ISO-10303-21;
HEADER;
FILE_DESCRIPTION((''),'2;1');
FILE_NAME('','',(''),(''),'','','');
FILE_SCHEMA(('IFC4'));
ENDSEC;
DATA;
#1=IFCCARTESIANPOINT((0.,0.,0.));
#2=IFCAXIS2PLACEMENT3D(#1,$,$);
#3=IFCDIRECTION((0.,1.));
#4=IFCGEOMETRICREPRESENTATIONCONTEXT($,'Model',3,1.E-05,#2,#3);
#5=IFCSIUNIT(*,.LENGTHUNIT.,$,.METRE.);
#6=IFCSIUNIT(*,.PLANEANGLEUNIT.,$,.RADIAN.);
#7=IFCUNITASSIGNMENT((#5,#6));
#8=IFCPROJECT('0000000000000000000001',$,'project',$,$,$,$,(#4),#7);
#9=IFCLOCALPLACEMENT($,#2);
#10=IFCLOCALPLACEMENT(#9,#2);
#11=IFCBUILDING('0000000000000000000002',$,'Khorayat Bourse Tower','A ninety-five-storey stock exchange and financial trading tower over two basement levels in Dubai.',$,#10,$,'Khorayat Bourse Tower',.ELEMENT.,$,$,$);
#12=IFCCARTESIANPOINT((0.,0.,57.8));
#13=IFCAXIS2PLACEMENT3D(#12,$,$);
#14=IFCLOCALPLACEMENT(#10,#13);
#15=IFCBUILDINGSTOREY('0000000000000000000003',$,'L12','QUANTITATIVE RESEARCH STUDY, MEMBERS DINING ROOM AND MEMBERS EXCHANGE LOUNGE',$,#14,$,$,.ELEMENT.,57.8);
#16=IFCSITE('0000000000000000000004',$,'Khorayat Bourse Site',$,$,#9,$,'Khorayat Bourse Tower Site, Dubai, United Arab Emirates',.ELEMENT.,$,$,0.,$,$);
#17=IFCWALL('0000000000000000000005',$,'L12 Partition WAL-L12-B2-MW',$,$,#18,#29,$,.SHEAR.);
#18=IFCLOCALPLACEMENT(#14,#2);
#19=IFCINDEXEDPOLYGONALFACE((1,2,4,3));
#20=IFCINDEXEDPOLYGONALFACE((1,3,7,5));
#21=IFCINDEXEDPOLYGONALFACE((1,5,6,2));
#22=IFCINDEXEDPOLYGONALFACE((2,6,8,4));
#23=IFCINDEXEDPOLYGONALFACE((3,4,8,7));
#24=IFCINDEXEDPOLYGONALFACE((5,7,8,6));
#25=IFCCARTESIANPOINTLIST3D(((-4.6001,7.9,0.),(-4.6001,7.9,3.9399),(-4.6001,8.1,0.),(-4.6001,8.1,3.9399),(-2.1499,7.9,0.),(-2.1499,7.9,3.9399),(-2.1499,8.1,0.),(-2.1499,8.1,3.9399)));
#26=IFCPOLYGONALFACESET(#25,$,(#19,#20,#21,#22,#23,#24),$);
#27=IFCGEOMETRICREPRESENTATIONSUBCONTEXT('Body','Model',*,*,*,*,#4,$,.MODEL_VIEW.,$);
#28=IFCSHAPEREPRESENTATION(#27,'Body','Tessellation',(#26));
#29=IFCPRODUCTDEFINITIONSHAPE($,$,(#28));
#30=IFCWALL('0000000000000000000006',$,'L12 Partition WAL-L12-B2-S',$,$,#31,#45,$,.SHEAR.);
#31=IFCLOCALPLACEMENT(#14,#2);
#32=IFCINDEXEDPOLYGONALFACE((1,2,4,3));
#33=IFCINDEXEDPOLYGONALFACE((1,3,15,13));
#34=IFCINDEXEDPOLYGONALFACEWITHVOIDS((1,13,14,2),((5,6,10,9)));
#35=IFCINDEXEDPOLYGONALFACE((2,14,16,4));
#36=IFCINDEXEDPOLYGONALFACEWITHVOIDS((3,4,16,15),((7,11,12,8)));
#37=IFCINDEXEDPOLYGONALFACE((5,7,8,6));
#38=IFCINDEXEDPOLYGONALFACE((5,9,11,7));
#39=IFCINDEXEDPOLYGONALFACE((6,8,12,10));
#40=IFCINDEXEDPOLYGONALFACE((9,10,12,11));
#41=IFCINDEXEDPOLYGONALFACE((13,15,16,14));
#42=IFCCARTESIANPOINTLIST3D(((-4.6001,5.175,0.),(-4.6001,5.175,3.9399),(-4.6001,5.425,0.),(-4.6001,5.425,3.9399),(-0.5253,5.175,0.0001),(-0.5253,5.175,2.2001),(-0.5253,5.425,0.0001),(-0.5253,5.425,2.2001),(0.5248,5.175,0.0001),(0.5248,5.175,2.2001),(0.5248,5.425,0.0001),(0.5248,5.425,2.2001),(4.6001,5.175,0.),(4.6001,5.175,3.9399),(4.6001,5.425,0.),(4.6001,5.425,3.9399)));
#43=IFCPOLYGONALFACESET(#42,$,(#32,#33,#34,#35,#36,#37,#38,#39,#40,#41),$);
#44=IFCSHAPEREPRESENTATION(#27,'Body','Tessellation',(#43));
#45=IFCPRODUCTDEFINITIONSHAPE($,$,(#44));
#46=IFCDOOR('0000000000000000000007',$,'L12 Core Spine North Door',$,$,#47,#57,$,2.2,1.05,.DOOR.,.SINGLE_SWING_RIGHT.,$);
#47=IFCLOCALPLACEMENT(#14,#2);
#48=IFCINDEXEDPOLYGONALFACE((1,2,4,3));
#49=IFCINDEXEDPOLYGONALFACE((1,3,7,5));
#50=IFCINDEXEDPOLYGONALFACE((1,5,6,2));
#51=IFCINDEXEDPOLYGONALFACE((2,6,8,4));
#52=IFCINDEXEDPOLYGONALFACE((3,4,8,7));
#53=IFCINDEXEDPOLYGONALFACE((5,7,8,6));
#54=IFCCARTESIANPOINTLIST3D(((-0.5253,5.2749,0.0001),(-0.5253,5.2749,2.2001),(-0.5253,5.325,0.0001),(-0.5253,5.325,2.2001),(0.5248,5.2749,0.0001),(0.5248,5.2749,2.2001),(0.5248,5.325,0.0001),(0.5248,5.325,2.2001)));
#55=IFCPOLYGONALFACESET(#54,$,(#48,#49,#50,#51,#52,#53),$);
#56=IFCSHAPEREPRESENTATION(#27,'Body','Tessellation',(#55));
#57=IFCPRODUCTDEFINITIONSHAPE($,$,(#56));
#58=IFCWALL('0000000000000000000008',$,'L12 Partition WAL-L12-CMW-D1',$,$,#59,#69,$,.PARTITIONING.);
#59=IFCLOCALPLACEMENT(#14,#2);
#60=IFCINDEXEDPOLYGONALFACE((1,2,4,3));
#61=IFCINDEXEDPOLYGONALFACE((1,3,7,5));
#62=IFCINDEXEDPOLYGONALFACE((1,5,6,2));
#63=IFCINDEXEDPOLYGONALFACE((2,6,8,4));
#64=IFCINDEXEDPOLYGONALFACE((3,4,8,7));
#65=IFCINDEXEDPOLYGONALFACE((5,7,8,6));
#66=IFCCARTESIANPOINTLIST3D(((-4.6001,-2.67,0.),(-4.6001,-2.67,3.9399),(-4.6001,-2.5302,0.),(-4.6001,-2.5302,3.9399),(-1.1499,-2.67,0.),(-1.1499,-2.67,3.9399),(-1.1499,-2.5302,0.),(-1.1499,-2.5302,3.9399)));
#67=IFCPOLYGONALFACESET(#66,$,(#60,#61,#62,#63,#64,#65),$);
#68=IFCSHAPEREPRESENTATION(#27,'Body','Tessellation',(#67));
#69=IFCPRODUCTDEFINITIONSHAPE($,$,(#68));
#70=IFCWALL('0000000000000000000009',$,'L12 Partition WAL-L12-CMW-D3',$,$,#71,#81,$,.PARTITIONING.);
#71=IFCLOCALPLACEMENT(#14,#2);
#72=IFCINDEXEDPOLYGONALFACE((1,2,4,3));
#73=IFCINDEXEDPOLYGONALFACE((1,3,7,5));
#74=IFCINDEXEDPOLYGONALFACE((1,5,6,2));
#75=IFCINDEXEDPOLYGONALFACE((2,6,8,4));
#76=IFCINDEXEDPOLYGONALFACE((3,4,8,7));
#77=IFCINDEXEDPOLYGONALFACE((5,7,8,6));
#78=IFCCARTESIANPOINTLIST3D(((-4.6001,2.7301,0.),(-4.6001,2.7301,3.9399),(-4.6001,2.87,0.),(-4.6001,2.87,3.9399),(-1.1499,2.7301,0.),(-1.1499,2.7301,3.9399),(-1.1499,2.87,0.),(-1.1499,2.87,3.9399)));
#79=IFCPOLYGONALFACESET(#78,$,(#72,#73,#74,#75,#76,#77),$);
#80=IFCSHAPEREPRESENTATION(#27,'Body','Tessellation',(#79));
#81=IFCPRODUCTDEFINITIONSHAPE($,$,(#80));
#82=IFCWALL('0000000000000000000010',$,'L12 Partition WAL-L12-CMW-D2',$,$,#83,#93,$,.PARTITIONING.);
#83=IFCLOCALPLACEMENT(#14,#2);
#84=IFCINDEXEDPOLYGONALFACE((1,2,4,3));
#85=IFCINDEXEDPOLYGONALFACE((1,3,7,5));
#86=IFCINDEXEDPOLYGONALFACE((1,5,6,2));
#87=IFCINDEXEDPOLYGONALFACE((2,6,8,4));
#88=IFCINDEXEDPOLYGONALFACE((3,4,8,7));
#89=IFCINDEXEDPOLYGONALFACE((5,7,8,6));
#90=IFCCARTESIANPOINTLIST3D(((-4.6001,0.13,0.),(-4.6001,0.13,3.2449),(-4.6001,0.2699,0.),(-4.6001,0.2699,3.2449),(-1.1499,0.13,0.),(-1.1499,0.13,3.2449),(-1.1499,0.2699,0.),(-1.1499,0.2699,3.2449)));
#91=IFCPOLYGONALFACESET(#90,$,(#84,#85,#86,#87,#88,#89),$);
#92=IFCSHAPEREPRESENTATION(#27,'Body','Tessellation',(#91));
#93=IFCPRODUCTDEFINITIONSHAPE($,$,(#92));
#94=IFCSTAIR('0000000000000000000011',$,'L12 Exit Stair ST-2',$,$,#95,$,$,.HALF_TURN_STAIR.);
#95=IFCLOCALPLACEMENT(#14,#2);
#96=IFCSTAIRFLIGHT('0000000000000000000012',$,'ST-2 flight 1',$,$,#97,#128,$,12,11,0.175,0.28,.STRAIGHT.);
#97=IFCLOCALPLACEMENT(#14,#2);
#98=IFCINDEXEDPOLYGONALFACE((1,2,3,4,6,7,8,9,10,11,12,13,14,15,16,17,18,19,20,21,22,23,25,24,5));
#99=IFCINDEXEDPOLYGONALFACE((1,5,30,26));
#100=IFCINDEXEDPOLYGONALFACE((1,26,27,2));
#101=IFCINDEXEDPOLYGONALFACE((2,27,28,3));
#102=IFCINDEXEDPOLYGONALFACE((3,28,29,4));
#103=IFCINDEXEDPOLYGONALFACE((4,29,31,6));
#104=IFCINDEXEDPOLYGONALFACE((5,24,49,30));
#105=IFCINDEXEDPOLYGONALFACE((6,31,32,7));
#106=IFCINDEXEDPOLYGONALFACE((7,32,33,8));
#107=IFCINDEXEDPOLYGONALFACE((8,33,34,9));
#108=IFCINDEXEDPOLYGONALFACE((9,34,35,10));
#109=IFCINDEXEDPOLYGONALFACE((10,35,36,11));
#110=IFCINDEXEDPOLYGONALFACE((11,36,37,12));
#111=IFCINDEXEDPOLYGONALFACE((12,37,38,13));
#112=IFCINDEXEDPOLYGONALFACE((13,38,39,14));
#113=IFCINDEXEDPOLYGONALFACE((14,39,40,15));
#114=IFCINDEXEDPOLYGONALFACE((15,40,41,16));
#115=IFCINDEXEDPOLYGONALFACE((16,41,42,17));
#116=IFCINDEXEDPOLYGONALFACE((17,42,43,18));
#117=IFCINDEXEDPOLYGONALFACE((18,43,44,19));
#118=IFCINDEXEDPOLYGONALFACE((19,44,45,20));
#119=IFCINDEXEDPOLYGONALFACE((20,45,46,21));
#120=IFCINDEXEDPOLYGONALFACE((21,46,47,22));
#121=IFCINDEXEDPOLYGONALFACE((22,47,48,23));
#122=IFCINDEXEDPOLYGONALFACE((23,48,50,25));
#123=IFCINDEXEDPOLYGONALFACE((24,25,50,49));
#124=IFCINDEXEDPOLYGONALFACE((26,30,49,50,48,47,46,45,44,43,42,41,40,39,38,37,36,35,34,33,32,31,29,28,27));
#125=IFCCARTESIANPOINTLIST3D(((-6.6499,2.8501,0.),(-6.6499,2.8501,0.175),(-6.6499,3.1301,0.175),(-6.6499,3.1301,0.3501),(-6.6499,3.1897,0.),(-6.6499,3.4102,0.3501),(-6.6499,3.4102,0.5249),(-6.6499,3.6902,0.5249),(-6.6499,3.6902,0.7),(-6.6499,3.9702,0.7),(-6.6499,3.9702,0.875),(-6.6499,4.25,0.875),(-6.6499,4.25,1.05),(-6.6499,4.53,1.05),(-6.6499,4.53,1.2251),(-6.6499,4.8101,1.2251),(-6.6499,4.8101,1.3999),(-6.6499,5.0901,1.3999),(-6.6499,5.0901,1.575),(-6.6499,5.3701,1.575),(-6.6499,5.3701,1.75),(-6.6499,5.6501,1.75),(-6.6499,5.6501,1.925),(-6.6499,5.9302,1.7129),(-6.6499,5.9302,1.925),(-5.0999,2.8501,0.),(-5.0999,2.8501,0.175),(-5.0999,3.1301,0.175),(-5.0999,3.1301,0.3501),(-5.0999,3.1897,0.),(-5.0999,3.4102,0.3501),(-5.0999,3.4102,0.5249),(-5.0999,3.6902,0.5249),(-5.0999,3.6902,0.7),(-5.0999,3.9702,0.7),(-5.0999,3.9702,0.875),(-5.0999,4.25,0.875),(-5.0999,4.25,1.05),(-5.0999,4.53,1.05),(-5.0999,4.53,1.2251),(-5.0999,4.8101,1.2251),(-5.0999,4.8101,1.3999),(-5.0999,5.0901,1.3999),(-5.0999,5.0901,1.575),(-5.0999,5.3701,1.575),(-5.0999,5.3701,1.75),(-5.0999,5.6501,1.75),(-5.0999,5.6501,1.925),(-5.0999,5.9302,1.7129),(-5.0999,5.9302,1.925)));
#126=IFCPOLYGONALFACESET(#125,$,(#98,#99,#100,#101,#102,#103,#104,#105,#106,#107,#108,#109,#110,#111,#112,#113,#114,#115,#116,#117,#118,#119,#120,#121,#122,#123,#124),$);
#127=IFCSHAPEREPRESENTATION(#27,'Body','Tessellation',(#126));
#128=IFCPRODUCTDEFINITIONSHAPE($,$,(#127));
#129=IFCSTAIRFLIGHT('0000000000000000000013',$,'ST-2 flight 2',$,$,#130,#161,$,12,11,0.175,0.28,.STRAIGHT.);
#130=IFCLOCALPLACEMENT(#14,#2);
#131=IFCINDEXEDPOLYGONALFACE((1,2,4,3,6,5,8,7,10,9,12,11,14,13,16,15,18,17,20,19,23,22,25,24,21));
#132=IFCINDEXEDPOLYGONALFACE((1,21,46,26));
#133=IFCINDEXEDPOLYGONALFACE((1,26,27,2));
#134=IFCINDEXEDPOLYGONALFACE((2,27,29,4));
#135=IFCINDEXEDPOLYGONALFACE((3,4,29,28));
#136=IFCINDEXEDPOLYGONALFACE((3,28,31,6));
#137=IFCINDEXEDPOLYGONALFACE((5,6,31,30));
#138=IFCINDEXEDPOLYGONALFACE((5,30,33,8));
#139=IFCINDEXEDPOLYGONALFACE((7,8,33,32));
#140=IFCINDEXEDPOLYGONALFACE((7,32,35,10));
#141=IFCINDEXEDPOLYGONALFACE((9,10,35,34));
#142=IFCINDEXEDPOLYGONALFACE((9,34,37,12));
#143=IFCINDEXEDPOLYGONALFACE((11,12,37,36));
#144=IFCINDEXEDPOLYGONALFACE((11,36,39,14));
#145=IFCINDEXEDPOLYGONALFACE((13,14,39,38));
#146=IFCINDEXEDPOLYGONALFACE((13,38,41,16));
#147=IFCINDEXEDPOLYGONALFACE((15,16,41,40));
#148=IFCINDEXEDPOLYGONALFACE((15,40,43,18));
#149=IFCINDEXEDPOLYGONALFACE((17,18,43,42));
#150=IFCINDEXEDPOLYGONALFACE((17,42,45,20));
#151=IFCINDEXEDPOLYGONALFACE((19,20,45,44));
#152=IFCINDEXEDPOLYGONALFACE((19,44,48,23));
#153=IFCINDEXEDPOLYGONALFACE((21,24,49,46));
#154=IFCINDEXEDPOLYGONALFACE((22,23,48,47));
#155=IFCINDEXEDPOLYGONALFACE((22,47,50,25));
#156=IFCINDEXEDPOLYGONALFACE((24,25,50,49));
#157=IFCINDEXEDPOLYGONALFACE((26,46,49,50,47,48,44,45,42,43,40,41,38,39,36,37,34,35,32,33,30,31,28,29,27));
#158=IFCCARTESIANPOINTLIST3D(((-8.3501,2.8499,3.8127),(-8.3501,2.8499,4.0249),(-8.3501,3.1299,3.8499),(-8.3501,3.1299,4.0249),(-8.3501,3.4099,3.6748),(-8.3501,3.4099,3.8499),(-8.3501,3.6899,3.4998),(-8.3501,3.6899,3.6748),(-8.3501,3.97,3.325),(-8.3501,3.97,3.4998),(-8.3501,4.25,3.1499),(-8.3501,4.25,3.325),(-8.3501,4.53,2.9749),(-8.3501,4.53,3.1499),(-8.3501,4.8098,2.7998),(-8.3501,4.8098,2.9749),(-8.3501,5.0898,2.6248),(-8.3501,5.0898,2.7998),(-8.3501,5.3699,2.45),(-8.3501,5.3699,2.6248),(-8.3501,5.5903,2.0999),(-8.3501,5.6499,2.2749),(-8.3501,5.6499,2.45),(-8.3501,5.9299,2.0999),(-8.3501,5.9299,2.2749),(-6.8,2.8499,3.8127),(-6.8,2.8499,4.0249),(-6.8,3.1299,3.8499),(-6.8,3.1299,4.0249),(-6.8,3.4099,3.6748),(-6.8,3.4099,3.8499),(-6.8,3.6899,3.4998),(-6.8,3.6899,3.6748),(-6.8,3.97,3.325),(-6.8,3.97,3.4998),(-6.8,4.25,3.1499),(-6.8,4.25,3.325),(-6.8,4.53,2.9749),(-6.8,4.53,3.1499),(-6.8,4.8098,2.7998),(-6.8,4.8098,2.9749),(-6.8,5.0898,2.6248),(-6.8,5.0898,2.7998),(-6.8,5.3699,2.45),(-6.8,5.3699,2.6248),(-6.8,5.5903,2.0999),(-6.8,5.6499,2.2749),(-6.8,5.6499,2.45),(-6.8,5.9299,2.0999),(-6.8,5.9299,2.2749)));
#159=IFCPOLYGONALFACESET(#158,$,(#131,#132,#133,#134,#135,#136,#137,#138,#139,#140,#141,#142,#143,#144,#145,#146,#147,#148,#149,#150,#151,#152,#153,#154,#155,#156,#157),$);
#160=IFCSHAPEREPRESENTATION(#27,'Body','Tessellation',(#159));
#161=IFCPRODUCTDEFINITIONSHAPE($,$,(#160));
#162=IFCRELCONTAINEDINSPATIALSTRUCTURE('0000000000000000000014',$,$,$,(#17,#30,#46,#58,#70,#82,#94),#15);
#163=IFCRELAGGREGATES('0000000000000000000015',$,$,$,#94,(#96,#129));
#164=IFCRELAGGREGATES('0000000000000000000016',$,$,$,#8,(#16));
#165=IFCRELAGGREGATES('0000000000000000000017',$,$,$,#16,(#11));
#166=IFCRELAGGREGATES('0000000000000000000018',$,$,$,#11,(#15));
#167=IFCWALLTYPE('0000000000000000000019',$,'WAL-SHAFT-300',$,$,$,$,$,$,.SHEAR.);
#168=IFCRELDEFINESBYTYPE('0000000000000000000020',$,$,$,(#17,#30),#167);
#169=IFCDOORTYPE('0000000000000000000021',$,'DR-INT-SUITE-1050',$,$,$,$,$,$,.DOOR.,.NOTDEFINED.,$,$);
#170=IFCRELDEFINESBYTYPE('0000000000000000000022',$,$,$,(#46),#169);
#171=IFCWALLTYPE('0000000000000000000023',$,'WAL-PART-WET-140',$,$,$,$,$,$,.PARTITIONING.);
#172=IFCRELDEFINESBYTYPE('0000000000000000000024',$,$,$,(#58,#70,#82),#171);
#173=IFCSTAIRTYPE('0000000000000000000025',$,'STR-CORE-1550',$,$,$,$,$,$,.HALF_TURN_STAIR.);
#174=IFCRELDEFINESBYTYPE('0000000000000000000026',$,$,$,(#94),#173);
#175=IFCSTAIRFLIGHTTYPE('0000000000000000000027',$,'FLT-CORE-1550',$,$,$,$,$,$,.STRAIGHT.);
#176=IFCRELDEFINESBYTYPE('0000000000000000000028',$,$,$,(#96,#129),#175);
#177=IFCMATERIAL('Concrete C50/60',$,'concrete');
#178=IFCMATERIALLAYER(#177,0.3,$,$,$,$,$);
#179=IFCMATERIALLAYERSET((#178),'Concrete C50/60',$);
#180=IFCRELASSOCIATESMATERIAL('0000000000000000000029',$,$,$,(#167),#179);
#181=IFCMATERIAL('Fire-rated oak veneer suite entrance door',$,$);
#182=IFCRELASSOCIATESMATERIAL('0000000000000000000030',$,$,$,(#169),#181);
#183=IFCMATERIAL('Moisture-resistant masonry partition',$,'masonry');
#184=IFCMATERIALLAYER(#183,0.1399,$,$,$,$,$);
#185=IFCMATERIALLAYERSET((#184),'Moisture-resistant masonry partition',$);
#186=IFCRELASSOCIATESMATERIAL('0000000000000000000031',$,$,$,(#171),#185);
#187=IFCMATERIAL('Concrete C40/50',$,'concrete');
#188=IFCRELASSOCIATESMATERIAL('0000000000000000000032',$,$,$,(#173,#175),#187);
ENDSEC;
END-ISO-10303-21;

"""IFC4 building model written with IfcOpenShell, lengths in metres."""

from ifc_helpers import new_model, si_unit, direction, frame, frame_2d, origin, place, context, subcontext, project, spatial, polyline, rectangle, outline, extrude, source, transform, mapped, material, layer, layer_set, type_object, element, fill, aggregate, save


model = new_model("IFC4")

# Units and contexts
model_context = context("Model", 3, precision=1e-05, world=origin(), true_north=direction((0.0, 1.0)))
body_context = subcontext(model_context, "Body", "Model", "MODEL_VIEW")
ifc_project = project(units=[si_unit("LENGTHUNIT", "METRE"), si_unit("PLANEANGLEUNIT", "RADIAN")], contexts=[model_context])

# Site, building, storey
site_placement = place(None, origin())
site = spatial("IfcSite", under=ifc_project, at=site_placement, Name="Khorayat Bourse Site", LongName="Khorayat Bourse Tower Site, Dubai, United Arab Emirates", CompositionType="ELEMENT", RefElevation=0.0)
building_placement = place(site_placement, origin())
building = spatial("IfcBuilding", under=site, at=building_placement, Name="Khorayat Bourse Tower", Description="A ninety-five-storey stock exchange and financial trading tower over two basement levels in Dubai.", LongName="Khorayat Bourse Tower", CompositionType="ELEMENT")
storey_placement = place(building_placement, frame((0.0, 0.0, 57.8)))
storey = spatial("IfcBuildingStorey", under=building, at=storey_placement, Name="L12", Description="QUANTITATIVE RESEARCH STUDY, MEMBERS DINING ROOM AND MEMBERS EXCHANGE LOUNGE", CompositionType="ELEMENT", Elevation=57.8)

# Wall
ifc_material_1 = material(Name="Concrete C50/60", Category="concrete")
ifc_layer_1 = layer(ifc_material_1, 0.3)
ifc_layer_set_1 = layer_set([ifc_layer_1], Name="Concrete C50/60")
wall_type_1 = type_object("IfcWallType", Name="WAL-SHAFT-300", PredefinedType="SHEAR", material=ifc_layer_set_1)
shared_shape_1 = source(origin(), body_context, "Body", "SweptSolid", [
    extrude(rectangle(XDim=2.4502, YDim=0.2, at=frame_2d((1.2251, 0.0))), origin(), (0.0, 0.0, 1.0), 3.9399),
])
wall_1_placement = place(storey_placement, frame((-4.6001, 8.0, 0.0), z_axis=(0.0, 0.0, 1.0), x_axis=(1.0, 0.0, 0.0)))
element("IfcWall", 1, at=wall_1_placement, inside=storey, type_object=wall_type_1, Name="L12 Partition WAL-L12-B2-MW", PredefinedType="SHEAR", context=body_context, shape_type="MappedRepresentation", body=[
    mapped(shared_shape_1, transform((0.0, 0.0, 0.0), scale=1.0)),
])

# Wall, opening, door
shared_shape_2 = source(origin(), body_context, "Body", "SweptSolid", [
    extrude(rectangle(XDim=9.2002, YDim=0.25, at=frame_2d((4.6001, 0.0))), origin(), (0.0, 0.0, 1.0), 3.9399),
])
wall_2_placement = place(storey_placement, frame((-4.6001, 5.3, 0.0), z_axis=(0.0, 0.0, 1.0), x_axis=(1.0, 0.0, 0.0)))
wall_2 = element("IfcWall", 2, at=wall_2_placement, inside=storey, type_object=wall_type_1, Name="L12 Partition WAL-L12-B2-S", PredefinedType="SHEAR", context=body_context, shape_type="MappedRepresentation", body=[
    mapped(shared_shape_2, transform((0.0, 0.0, 0.0), scale=1.0)),
])
shared_shape_3 = source(origin(), body_context, "Body", "SweptSolid", [
    extrude(rectangle(XDim=1.05, YDim=2.2, at=frame_2d((0.5249, 1.1001))), frame((0.0, 0.135, 0.0), z_axis=(0.0, -1.0, 0.0), x_axis=(1.0, 0.0, 0.0)), (0.0, 0.0, 1.0), 0.27),
])
opening_placement = place(wall_2_placement, frame((4.075, 0.0, 0.0)))
opening = element("IfcOpeningElement", 3, at=opening_placement, cuts=wall_2, PredefinedType="OPENING", context=body_context, shape_type="MappedRepresentation", body=[
    mapped(shared_shape_3, transform((0.0, 0.0, 0.0), scale=1.0)),
])
ifc_material_2 = material(Name="Fire-rated oak veneer suite entrance door")
door_type = type_object("IfcDoorType", Name="DR-INT-SUITE-1050", OperationType="NOTDEFINED", PredefinedType="DOOR", material=ifc_material_2)
shared_shape_4 = source(origin(), body_context, "Body", "SweptSolid", [
    extrude(rectangle(XDim=1.05, YDim=2.2, at=frame_2d((0.5249, 1.1001))), frame((0.0, 0.0249, 0.0), z_axis=(0.0, -1.0, 0.0), x_axis=(1.0, 0.0, 0.0)), (0.0, 0.0, 1.0), 0.05),
])
door_placement = place(opening_placement, origin())
door = element("IfcDoor", 4, at=door_placement, inside=storey, type_object=door_type, Name="L12 Core Spine North Door", OperationType="SINGLE_SWING_RIGHT", OverallHeight=2.2, OverallWidth=1.05, PredefinedType="DOOR", context=body_context, shape_type="MappedRepresentation", body=[
    mapped(shared_shape_4, transform((0.0, 0.0, 0.0), scale=1.0)),
])
fill(opening, door)

# Walls
ifc_material_3 = material(Name="Moisture-resistant masonry partition", Category="masonry")
ifc_layer_2 = layer(ifc_material_3, 0.1399)
ifc_layer_set_2 = layer_set([ifc_layer_2], Name="Moisture-resistant masonry partition")
wall_type_2 = type_object("IfcWallType", Name="WAL-PART-WET-140", PredefinedType="PARTITIONING", material=ifc_layer_set_2)
shared_shape_5 = source(origin(), body_context, "Body", "SweptSolid", [
    extrude(rectangle(XDim=3.4502, YDim=0.1399, at=frame_2d((1.7251, 0.0))), origin(), (0.0, 0.0, 1.0), 3.9399),
])
for number, where, z_axis, x_axis, name in (
    (5, (-4.6001, -2.6001, 0.0), (0.0, 0.0, 1.0), (1.0, 0.0, 0.0), "L12 Partition WAL-L12-CMW-D1"),
    (6, (-4.6001, 2.8, 0.0), (0.0, 0.0, 1.0), (1.0, 0.0, 0.0), "L12 Partition WAL-L12-CMW-D3"),
):
    element("IfcWall", number, at=place(storey_placement, frame(where, z_axis=z_axis, x_axis=x_axis)), inside=storey, type_object=wall_type_2, Name=name, PredefinedType="PARTITIONING", context=body_context, shape_type="MappedRepresentation", body=[
        mapped(shared_shape_5, transform((0.0, 0.0, 0.0), scale=1.0)),
    ])
shared_shape_6 = source(origin(), body_context, "Body", "SweptSolid", [
    extrude(rectangle(XDim=3.4502, YDim=0.1399, at=frame_2d((1.7251, 0.0))), origin(), (0.0, 0.0, 1.0), 3.2449),
])
wall_3_placement = place(storey_placement, frame((-4.6001, 0.2, 0.0), z_axis=(0.0, 0.0, 1.0), x_axis=(1.0, 0.0, 0.0)))
element("IfcWall", 7, at=wall_3_placement, inside=storey, type_object=wall_type_2, Name="L12 Partition WAL-L12-CMW-D2", PredefinedType="PARTITIONING", context=body_context, shape_type="MappedRepresentation", body=[
    mapped(shared_shape_6, transform((0.0, 0.0, 0.0), scale=1.0)),
])

# Stair, stair flights
ifc_material_4 = material(Name="Concrete C40/50", Category="concrete")
stair_type = type_object("IfcStairType", Name="STR-CORE-1550", PredefinedType="HALF_TURN_STAIR", material=ifc_material_4)
stair_placement = place(storey_placement, origin())
stair = element("IfcStair", 8, at=stair_placement, inside=storey, type_object=stair_type, Name="L12 Exit Stair ST-2", PredefinedType="HALF_TURN_STAIR")
stair_flight_type = type_object("IfcStairFlightType", Name="FLT-CORE-1550", PredefinedType="STRAIGHT", material=ifc_material_4)
shared_shape_7 = source(origin(), body_context, "Body", "SweptSolid", [
    extrude(outline(polyline([(0.0, 0.0), (0.0, 0.175), (0.28, 0.175), (0.28, 0.3501), (0.5601, 0.3501), (0.5601, 0.5249), (0.8401, 0.5249), (0.8401, 0.7), (1.1201, 0.7), (1.1201, 0.875), (1.3999, 0.875), (1.3999, 1.05), (1.6799, 1.05), (1.6799, 1.2251), (1.96, 1.2251), (1.96, 1.3999), (2.24, 1.3999), (2.24, 1.575), (2.52, 1.575), (2.52, 1.75), (2.8, 1.75), (2.8, 1.925), (3.0801, 1.925), (3.0801, 2.1001), (3.0801, 1.7129), (0.3396, 0.0), (0.0, 0.0)])), frame((0.0, 0.7749, 0.0), z_axis=(0.0, -1.0, 0.0), x_axis=(1.0, 0.0, 0.0)), (0.0, 0.0, 1.0), 1.55),
])
stair_flight_1_placement = place(storey_placement, frame((-5.875, 2.8501, 0.0), z_axis=(0.0, 0.0, 1.0), x_axis=(0.0, 1.0, 0.0)))
stair_flight_1 = element("IfcStairFlight", 9, at=stair_flight_1_placement, type_object=stair_flight_type, Name="ST-2 flight 1", NumberOfRisers=12, NumberOfTreads=11, PredefinedType="STRAIGHT", RiserHeight=0.175, TreadLength=0.28, context=body_context, shape_type="MappedRepresentation", body=[
    mapped(shared_shape_7, transform((0.0, 0.0, 0.0), scale=1.0)),
])
stair_flight_2_placement = place(storey_placement, frame((-7.575, 5.9299, 2.0999), z_axis=(0.0, 0.0, 1.0), x_axis=(0.0, -1.0, 0.0)))
stair_flight_2 = element("IfcStairFlight", 10, at=stair_flight_2_placement, type_object=stair_flight_type, Name="ST-2 flight 2", NumberOfRisers=12, NumberOfTreads=11, PredefinedType="STRAIGHT", RiserHeight=0.175, TreadLength=0.28, context=body_context, shape_type="MappedRepresentation", body=[
    mapped(shared_shape_7, transform((0.0, 0.0, 0.0), scale=1.0)),
])
aggregate(stair, [stair_flight_1, stair_flight_2])

save(model, "model.ifc")
